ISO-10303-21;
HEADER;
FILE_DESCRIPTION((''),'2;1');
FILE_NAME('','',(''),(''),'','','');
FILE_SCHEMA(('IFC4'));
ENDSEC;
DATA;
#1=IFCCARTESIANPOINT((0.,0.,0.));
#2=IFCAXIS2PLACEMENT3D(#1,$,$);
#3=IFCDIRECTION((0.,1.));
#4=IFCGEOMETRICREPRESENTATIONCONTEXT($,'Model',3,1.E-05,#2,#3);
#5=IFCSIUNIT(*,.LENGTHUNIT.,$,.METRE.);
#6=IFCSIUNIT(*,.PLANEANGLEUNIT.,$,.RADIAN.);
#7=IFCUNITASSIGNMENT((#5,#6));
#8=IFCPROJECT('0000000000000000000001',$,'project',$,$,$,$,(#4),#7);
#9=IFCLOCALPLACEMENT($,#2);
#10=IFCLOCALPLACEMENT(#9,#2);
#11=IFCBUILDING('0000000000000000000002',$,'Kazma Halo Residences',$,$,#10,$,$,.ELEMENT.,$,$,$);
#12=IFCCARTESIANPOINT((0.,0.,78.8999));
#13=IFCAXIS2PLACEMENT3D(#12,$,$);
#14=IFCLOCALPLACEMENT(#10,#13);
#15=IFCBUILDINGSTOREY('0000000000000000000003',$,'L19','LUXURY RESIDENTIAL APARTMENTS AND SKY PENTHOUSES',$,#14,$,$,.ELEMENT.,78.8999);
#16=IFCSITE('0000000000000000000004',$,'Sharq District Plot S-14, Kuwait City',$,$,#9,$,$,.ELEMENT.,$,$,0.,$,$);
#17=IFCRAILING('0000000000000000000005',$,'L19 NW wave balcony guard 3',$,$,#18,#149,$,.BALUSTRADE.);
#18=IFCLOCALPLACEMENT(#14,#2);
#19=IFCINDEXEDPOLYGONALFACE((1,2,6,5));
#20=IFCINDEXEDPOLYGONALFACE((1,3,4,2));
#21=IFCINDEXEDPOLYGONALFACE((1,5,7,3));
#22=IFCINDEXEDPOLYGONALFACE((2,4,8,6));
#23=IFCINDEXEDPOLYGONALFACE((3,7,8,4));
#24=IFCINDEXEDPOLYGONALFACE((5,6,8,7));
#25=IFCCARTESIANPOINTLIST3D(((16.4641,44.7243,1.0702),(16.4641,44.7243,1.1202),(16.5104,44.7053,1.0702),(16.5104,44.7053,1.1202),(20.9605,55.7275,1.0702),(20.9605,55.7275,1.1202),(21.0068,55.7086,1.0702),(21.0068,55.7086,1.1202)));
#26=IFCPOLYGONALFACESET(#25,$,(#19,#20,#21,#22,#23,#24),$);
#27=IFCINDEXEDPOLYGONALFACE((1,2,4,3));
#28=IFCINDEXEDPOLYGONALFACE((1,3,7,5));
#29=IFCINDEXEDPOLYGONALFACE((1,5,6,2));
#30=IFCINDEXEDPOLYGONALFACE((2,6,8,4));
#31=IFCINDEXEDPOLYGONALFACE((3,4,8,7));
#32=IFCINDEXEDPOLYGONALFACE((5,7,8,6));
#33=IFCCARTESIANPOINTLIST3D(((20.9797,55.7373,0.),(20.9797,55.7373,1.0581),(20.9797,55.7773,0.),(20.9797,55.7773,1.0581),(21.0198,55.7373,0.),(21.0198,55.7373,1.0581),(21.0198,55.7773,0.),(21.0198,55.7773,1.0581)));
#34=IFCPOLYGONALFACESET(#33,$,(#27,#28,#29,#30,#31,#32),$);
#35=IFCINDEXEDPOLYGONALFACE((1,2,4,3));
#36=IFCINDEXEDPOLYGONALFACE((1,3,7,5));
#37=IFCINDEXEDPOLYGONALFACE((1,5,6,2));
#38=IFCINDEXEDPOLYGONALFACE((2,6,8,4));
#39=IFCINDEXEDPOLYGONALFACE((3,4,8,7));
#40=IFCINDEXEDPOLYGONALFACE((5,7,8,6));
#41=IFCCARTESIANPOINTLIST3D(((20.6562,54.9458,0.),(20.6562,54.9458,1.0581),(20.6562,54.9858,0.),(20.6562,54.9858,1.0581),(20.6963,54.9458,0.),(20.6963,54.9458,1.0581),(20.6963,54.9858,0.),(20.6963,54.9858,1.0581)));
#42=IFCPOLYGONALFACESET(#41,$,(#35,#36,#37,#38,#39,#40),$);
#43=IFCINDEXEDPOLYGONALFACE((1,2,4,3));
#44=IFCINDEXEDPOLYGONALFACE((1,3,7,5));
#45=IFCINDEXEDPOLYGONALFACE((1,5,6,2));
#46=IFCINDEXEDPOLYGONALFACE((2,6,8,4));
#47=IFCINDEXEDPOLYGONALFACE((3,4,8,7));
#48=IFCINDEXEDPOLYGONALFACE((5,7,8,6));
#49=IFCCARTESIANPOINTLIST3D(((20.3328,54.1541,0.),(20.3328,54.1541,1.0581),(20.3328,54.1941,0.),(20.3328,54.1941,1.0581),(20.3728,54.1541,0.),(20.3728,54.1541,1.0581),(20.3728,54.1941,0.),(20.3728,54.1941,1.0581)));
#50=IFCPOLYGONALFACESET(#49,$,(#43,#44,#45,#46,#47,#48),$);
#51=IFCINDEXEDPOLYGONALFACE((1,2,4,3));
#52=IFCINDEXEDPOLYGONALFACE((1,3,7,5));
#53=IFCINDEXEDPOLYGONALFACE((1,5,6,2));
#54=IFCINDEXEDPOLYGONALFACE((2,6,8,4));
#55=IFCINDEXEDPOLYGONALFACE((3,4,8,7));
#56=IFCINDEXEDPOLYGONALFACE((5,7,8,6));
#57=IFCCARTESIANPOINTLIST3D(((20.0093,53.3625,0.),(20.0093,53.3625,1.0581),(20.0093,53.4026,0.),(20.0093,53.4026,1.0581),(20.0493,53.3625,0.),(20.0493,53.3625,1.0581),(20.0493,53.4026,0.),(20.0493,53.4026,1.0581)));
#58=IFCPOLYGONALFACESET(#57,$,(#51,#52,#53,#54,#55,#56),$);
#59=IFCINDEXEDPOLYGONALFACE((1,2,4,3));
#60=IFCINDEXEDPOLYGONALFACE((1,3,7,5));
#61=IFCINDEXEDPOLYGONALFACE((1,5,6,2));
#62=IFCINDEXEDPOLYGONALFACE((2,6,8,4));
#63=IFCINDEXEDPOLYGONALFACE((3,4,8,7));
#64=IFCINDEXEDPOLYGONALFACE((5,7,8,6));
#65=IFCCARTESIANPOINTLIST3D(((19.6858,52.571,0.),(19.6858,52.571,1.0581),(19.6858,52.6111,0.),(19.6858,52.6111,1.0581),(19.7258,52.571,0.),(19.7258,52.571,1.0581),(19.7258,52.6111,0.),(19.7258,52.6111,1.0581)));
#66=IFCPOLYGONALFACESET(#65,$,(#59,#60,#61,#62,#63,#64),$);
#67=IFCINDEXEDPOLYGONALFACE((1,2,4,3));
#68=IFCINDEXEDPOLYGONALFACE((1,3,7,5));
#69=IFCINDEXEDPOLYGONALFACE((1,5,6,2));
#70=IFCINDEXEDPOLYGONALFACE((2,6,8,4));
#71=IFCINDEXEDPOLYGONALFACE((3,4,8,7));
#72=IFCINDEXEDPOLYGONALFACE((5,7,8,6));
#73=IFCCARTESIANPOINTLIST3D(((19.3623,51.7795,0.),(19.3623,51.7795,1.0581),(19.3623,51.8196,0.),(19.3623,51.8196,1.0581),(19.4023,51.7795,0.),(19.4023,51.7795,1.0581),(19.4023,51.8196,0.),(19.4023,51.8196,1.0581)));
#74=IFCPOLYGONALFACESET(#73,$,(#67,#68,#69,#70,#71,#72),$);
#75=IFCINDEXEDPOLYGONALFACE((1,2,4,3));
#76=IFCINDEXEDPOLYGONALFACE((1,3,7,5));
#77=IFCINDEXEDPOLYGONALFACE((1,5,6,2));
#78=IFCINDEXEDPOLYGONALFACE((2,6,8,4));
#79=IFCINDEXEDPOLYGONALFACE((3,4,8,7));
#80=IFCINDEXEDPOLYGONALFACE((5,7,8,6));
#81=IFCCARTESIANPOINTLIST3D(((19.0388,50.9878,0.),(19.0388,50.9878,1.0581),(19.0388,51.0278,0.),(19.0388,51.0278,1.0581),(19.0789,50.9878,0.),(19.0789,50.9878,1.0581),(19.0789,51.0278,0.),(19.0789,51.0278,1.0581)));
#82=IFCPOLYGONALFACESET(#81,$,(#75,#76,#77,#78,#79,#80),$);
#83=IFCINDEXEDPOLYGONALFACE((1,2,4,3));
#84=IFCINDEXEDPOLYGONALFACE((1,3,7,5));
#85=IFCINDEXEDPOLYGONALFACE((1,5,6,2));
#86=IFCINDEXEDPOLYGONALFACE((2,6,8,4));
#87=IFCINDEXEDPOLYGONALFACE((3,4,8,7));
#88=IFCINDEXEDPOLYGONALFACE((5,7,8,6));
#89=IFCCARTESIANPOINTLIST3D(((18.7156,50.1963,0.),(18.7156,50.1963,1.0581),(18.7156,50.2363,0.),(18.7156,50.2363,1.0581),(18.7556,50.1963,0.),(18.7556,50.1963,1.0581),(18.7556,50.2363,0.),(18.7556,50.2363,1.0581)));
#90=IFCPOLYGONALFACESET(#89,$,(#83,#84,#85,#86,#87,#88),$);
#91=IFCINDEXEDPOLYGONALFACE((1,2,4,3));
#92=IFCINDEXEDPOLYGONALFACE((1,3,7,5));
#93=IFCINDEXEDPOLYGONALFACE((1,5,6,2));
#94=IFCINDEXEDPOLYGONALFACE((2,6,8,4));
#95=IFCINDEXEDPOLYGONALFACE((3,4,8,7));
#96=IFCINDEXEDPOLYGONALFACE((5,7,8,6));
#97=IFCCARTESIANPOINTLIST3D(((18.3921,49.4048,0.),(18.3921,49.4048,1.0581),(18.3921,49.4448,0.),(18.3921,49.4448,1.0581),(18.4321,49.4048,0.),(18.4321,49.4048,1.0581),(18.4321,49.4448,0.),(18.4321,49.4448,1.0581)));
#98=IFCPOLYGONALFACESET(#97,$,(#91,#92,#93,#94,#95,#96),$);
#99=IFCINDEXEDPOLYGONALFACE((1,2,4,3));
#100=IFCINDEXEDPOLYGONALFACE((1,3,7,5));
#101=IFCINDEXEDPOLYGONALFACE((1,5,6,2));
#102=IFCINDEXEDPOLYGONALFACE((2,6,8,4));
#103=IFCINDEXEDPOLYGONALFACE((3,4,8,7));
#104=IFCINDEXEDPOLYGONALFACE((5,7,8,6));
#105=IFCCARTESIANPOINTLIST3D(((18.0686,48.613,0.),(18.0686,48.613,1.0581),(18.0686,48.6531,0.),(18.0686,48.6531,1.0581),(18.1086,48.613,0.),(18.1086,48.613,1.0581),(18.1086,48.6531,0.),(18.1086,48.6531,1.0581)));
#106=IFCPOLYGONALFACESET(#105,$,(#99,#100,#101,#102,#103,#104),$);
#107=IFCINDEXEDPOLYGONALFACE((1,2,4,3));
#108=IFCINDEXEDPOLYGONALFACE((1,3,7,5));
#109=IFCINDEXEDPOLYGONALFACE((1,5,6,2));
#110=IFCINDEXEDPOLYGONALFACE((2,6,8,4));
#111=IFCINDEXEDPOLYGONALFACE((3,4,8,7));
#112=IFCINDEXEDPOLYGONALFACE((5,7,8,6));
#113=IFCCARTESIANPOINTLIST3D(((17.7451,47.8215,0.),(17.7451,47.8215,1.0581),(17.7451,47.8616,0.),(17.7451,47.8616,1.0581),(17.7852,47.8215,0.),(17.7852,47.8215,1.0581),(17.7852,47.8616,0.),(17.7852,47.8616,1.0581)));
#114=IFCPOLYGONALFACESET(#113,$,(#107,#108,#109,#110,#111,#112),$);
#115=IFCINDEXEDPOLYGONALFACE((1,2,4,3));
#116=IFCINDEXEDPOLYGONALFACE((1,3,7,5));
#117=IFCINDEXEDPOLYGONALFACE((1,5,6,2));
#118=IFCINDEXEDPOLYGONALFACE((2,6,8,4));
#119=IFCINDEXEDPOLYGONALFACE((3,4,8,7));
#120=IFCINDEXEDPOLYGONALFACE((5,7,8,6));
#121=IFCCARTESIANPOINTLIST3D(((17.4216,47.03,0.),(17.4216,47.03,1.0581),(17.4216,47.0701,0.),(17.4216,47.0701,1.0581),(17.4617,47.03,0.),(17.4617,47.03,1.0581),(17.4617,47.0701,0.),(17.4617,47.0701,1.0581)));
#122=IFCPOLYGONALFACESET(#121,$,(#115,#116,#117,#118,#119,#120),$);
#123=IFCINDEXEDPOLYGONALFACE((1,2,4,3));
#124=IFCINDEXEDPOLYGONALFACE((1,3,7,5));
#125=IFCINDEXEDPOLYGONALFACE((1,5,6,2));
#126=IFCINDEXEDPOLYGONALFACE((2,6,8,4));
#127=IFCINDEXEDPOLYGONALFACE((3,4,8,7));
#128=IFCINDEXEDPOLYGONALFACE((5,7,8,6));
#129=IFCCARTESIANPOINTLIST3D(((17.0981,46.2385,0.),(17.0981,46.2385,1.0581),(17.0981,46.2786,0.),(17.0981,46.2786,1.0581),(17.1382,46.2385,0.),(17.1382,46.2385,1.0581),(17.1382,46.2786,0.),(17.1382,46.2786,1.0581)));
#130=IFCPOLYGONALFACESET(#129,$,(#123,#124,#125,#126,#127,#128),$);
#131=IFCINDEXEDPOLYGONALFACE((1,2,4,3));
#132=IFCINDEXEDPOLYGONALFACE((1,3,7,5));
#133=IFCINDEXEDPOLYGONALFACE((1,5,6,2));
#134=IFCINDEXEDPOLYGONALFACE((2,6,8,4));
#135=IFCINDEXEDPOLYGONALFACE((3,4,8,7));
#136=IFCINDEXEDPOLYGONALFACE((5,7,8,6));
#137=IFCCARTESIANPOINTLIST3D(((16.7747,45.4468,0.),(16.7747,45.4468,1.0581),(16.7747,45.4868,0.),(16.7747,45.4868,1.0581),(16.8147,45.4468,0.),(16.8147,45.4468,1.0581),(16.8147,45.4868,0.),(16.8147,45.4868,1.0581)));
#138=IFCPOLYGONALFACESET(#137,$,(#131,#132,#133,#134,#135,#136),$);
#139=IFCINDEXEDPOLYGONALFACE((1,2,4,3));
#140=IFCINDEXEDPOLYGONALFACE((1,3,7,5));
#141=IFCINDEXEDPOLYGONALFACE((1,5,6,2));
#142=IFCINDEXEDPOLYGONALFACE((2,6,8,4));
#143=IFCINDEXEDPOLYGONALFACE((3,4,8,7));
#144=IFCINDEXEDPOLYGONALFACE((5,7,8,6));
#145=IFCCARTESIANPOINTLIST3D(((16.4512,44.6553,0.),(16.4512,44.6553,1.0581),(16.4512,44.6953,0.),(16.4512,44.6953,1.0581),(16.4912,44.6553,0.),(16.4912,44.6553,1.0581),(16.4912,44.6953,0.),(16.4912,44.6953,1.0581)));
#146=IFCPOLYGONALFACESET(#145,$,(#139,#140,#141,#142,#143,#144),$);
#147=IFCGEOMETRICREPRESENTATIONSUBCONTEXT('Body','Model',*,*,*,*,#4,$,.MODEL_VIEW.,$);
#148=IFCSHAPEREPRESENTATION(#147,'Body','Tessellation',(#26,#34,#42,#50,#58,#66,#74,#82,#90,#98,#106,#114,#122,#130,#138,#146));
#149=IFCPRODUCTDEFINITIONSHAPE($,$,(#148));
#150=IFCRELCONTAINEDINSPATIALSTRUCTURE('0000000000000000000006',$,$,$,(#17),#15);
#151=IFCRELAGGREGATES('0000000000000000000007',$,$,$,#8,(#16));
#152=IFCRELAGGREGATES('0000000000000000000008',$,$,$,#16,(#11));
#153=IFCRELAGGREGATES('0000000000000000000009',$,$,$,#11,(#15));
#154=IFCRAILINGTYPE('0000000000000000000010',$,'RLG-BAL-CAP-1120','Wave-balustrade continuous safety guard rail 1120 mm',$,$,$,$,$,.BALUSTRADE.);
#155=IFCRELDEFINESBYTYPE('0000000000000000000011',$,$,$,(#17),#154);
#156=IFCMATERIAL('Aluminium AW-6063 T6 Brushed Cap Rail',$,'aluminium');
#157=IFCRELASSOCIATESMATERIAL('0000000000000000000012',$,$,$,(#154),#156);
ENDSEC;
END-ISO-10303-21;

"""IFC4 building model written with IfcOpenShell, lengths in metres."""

from ifc_helpers import new_model, si_unit, direction, frame, origin, origin_2d, place, context, subcontext, project, spatial, rectangle, extrude, material, type_object, element, save


model = new_model("IFC4")

# Units and contexts
model_context = context("Model", 3, precision=1e-05, world=origin(), true_north=direction((0.0, 1.0)))
body_context = subcontext(model_context, "Body", "Model", "MODEL_VIEW")
ifc_project = project(units=[si_unit("LENGTHUNIT", "METRE"), si_unit("PLANEANGLEUNIT", "RADIAN")], contexts=[model_context])

# Site, building, storey
site_placement = place(None, origin())
site = spatial("IfcSite", under=ifc_project, at=site_placement, Name="Sharq District Plot S-14, Kuwait City", CompositionType="ELEMENT", RefElevation=0.0)
building_placement = place(site_placement, origin())
building = spatial("IfcBuilding", under=site, at=building_placement, Name="Kazma Halo Residences", CompositionType="ELEMENT")
storey_placement = place(building_placement, frame((0.0, 0.0, 78.8999)))
storey = spatial("IfcBuildingStorey", under=building, at=storey_placement, Name="L19", Description="LUXURY RESIDENTIAL APARTMENTS AND SKY PENTHOUSES", CompositionType="ELEMENT", Elevation=78.8999)

# Railing
ifc_material_1 = material(Name="Aluminium AW-6063 T6 Brushed Cap Rail", Category="aluminium")
railing_type = type_object("IfcRailingType", Name="RLG-BAL-CAP-1120", Description="Wave-balustrade continuous safety guard rail 1120 mm", PredefinedType="BALUSTRADE", material=ifc_material_1)
railing_1_placement = place(storey_placement, frame((20.9998, 55.7573, 0.0)))
element("IfcRailing", 1, at=railing_1_placement, inside=storey, type_object=railing_type, Name="L19 NW wave balcony guard 3", PredefinedType="BALUSTRADE", context=body_context, shape_type="SweptSolid", body=[
    extrude(rectangle(XDim=0.05, YDim=0.05, at=origin_2d()), frame((-0.0161, -0.0393, 1.0952), z_axis=(-0.378275, -0.925693, 0.0), x_axis=(0.925693, -0.378275, 0.0)), (0.0, 0.0, 1.0), 11.8865),
    extrude(rectangle(XDim=0.04, YDim=0.04, at=origin_2d()), origin(), (0.0, 0.0, 1.0), 1.0581),
    extrude(rectangle(XDim=0.04, YDim=0.04, at=origin_2d()), frame((-0.3235, -0.7915, 0.0)), (0.0, 0.0, 1.0), 1.0581),
    extrude(rectangle(XDim=0.04, YDim=0.04, at=origin_2d()), frame((-0.647, -1.5833, 0.0)), (0.0, 0.0, 1.0), 1.0581),
    extrude(rectangle(XDim=0.04, YDim=0.04, at=origin_2d()), frame((-0.9705, -2.3748, 0.0)), (0.0, 0.0, 1.0), 1.0581),
    extrude(rectangle(XDim=0.04, YDim=0.04, at=origin_2d()), frame((-1.2939, -3.1663, 0.0)), (0.0, 0.0, 1.0), 1.0581),
    extrude(rectangle(XDim=0.04, YDim=0.04, at=origin_2d()), frame((-1.6174, -3.9578, 0.0)), (0.0, 0.0, 1.0), 1.0581),
    extrude(rectangle(XDim=0.04, YDim=0.04, at=origin_2d()), frame((-1.9409, -4.7495, 0.0)), (0.0, 0.0, 1.0), 1.0581),
    extrude(rectangle(XDim=0.04, YDim=0.04, at=origin_2d()), frame((-2.2642, -5.541, 0.0)), (0.0, 0.0, 1.0), 1.0581),
    extrude(rectangle(XDim=0.04, YDim=0.04, at=origin_2d()), frame((-2.5876, -6.3325, 0.0)), (0.0, 0.0, 1.0), 1.0581),
    extrude(rectangle(XDim=0.04, YDim=0.04, at=origin_2d()), frame((-2.9111, -7.1243, 0.0)), (0.0, 0.0, 1.0), 1.0581),
    extrude(rectangle(XDim=0.04, YDim=0.04, at=origin_2d()), frame((-3.2346, -7.9158, 0.0)), (0.0, 0.0, 1.0), 1.0581),
    extrude(rectangle(XDim=0.04, YDim=0.04, at=origin_2d()), frame((-3.5581, -8.7073, 0.0)), (0.0, 0.0, 1.0), 1.0581),
    extrude(rectangle(XDim=0.04, YDim=0.04, at=origin_2d()), frame((-3.8816, -9.4988, 0.0)), (0.0, 0.0, 1.0), 1.0581),
    extrude(rectangle(XDim=0.04, YDim=0.04, at=origin_2d()), frame((-4.2051, -10.2905, 0.0)), (0.0, 0.0, 1.0), 1.0581),
    extrude(rectangle(XDim=0.04, YDim=0.04, at=origin_2d()), frame((-4.5286, -11.082, 0.0)), (0.0, 0.0, 1.0), 1.0581),
])

save(model, "model.ifc")
